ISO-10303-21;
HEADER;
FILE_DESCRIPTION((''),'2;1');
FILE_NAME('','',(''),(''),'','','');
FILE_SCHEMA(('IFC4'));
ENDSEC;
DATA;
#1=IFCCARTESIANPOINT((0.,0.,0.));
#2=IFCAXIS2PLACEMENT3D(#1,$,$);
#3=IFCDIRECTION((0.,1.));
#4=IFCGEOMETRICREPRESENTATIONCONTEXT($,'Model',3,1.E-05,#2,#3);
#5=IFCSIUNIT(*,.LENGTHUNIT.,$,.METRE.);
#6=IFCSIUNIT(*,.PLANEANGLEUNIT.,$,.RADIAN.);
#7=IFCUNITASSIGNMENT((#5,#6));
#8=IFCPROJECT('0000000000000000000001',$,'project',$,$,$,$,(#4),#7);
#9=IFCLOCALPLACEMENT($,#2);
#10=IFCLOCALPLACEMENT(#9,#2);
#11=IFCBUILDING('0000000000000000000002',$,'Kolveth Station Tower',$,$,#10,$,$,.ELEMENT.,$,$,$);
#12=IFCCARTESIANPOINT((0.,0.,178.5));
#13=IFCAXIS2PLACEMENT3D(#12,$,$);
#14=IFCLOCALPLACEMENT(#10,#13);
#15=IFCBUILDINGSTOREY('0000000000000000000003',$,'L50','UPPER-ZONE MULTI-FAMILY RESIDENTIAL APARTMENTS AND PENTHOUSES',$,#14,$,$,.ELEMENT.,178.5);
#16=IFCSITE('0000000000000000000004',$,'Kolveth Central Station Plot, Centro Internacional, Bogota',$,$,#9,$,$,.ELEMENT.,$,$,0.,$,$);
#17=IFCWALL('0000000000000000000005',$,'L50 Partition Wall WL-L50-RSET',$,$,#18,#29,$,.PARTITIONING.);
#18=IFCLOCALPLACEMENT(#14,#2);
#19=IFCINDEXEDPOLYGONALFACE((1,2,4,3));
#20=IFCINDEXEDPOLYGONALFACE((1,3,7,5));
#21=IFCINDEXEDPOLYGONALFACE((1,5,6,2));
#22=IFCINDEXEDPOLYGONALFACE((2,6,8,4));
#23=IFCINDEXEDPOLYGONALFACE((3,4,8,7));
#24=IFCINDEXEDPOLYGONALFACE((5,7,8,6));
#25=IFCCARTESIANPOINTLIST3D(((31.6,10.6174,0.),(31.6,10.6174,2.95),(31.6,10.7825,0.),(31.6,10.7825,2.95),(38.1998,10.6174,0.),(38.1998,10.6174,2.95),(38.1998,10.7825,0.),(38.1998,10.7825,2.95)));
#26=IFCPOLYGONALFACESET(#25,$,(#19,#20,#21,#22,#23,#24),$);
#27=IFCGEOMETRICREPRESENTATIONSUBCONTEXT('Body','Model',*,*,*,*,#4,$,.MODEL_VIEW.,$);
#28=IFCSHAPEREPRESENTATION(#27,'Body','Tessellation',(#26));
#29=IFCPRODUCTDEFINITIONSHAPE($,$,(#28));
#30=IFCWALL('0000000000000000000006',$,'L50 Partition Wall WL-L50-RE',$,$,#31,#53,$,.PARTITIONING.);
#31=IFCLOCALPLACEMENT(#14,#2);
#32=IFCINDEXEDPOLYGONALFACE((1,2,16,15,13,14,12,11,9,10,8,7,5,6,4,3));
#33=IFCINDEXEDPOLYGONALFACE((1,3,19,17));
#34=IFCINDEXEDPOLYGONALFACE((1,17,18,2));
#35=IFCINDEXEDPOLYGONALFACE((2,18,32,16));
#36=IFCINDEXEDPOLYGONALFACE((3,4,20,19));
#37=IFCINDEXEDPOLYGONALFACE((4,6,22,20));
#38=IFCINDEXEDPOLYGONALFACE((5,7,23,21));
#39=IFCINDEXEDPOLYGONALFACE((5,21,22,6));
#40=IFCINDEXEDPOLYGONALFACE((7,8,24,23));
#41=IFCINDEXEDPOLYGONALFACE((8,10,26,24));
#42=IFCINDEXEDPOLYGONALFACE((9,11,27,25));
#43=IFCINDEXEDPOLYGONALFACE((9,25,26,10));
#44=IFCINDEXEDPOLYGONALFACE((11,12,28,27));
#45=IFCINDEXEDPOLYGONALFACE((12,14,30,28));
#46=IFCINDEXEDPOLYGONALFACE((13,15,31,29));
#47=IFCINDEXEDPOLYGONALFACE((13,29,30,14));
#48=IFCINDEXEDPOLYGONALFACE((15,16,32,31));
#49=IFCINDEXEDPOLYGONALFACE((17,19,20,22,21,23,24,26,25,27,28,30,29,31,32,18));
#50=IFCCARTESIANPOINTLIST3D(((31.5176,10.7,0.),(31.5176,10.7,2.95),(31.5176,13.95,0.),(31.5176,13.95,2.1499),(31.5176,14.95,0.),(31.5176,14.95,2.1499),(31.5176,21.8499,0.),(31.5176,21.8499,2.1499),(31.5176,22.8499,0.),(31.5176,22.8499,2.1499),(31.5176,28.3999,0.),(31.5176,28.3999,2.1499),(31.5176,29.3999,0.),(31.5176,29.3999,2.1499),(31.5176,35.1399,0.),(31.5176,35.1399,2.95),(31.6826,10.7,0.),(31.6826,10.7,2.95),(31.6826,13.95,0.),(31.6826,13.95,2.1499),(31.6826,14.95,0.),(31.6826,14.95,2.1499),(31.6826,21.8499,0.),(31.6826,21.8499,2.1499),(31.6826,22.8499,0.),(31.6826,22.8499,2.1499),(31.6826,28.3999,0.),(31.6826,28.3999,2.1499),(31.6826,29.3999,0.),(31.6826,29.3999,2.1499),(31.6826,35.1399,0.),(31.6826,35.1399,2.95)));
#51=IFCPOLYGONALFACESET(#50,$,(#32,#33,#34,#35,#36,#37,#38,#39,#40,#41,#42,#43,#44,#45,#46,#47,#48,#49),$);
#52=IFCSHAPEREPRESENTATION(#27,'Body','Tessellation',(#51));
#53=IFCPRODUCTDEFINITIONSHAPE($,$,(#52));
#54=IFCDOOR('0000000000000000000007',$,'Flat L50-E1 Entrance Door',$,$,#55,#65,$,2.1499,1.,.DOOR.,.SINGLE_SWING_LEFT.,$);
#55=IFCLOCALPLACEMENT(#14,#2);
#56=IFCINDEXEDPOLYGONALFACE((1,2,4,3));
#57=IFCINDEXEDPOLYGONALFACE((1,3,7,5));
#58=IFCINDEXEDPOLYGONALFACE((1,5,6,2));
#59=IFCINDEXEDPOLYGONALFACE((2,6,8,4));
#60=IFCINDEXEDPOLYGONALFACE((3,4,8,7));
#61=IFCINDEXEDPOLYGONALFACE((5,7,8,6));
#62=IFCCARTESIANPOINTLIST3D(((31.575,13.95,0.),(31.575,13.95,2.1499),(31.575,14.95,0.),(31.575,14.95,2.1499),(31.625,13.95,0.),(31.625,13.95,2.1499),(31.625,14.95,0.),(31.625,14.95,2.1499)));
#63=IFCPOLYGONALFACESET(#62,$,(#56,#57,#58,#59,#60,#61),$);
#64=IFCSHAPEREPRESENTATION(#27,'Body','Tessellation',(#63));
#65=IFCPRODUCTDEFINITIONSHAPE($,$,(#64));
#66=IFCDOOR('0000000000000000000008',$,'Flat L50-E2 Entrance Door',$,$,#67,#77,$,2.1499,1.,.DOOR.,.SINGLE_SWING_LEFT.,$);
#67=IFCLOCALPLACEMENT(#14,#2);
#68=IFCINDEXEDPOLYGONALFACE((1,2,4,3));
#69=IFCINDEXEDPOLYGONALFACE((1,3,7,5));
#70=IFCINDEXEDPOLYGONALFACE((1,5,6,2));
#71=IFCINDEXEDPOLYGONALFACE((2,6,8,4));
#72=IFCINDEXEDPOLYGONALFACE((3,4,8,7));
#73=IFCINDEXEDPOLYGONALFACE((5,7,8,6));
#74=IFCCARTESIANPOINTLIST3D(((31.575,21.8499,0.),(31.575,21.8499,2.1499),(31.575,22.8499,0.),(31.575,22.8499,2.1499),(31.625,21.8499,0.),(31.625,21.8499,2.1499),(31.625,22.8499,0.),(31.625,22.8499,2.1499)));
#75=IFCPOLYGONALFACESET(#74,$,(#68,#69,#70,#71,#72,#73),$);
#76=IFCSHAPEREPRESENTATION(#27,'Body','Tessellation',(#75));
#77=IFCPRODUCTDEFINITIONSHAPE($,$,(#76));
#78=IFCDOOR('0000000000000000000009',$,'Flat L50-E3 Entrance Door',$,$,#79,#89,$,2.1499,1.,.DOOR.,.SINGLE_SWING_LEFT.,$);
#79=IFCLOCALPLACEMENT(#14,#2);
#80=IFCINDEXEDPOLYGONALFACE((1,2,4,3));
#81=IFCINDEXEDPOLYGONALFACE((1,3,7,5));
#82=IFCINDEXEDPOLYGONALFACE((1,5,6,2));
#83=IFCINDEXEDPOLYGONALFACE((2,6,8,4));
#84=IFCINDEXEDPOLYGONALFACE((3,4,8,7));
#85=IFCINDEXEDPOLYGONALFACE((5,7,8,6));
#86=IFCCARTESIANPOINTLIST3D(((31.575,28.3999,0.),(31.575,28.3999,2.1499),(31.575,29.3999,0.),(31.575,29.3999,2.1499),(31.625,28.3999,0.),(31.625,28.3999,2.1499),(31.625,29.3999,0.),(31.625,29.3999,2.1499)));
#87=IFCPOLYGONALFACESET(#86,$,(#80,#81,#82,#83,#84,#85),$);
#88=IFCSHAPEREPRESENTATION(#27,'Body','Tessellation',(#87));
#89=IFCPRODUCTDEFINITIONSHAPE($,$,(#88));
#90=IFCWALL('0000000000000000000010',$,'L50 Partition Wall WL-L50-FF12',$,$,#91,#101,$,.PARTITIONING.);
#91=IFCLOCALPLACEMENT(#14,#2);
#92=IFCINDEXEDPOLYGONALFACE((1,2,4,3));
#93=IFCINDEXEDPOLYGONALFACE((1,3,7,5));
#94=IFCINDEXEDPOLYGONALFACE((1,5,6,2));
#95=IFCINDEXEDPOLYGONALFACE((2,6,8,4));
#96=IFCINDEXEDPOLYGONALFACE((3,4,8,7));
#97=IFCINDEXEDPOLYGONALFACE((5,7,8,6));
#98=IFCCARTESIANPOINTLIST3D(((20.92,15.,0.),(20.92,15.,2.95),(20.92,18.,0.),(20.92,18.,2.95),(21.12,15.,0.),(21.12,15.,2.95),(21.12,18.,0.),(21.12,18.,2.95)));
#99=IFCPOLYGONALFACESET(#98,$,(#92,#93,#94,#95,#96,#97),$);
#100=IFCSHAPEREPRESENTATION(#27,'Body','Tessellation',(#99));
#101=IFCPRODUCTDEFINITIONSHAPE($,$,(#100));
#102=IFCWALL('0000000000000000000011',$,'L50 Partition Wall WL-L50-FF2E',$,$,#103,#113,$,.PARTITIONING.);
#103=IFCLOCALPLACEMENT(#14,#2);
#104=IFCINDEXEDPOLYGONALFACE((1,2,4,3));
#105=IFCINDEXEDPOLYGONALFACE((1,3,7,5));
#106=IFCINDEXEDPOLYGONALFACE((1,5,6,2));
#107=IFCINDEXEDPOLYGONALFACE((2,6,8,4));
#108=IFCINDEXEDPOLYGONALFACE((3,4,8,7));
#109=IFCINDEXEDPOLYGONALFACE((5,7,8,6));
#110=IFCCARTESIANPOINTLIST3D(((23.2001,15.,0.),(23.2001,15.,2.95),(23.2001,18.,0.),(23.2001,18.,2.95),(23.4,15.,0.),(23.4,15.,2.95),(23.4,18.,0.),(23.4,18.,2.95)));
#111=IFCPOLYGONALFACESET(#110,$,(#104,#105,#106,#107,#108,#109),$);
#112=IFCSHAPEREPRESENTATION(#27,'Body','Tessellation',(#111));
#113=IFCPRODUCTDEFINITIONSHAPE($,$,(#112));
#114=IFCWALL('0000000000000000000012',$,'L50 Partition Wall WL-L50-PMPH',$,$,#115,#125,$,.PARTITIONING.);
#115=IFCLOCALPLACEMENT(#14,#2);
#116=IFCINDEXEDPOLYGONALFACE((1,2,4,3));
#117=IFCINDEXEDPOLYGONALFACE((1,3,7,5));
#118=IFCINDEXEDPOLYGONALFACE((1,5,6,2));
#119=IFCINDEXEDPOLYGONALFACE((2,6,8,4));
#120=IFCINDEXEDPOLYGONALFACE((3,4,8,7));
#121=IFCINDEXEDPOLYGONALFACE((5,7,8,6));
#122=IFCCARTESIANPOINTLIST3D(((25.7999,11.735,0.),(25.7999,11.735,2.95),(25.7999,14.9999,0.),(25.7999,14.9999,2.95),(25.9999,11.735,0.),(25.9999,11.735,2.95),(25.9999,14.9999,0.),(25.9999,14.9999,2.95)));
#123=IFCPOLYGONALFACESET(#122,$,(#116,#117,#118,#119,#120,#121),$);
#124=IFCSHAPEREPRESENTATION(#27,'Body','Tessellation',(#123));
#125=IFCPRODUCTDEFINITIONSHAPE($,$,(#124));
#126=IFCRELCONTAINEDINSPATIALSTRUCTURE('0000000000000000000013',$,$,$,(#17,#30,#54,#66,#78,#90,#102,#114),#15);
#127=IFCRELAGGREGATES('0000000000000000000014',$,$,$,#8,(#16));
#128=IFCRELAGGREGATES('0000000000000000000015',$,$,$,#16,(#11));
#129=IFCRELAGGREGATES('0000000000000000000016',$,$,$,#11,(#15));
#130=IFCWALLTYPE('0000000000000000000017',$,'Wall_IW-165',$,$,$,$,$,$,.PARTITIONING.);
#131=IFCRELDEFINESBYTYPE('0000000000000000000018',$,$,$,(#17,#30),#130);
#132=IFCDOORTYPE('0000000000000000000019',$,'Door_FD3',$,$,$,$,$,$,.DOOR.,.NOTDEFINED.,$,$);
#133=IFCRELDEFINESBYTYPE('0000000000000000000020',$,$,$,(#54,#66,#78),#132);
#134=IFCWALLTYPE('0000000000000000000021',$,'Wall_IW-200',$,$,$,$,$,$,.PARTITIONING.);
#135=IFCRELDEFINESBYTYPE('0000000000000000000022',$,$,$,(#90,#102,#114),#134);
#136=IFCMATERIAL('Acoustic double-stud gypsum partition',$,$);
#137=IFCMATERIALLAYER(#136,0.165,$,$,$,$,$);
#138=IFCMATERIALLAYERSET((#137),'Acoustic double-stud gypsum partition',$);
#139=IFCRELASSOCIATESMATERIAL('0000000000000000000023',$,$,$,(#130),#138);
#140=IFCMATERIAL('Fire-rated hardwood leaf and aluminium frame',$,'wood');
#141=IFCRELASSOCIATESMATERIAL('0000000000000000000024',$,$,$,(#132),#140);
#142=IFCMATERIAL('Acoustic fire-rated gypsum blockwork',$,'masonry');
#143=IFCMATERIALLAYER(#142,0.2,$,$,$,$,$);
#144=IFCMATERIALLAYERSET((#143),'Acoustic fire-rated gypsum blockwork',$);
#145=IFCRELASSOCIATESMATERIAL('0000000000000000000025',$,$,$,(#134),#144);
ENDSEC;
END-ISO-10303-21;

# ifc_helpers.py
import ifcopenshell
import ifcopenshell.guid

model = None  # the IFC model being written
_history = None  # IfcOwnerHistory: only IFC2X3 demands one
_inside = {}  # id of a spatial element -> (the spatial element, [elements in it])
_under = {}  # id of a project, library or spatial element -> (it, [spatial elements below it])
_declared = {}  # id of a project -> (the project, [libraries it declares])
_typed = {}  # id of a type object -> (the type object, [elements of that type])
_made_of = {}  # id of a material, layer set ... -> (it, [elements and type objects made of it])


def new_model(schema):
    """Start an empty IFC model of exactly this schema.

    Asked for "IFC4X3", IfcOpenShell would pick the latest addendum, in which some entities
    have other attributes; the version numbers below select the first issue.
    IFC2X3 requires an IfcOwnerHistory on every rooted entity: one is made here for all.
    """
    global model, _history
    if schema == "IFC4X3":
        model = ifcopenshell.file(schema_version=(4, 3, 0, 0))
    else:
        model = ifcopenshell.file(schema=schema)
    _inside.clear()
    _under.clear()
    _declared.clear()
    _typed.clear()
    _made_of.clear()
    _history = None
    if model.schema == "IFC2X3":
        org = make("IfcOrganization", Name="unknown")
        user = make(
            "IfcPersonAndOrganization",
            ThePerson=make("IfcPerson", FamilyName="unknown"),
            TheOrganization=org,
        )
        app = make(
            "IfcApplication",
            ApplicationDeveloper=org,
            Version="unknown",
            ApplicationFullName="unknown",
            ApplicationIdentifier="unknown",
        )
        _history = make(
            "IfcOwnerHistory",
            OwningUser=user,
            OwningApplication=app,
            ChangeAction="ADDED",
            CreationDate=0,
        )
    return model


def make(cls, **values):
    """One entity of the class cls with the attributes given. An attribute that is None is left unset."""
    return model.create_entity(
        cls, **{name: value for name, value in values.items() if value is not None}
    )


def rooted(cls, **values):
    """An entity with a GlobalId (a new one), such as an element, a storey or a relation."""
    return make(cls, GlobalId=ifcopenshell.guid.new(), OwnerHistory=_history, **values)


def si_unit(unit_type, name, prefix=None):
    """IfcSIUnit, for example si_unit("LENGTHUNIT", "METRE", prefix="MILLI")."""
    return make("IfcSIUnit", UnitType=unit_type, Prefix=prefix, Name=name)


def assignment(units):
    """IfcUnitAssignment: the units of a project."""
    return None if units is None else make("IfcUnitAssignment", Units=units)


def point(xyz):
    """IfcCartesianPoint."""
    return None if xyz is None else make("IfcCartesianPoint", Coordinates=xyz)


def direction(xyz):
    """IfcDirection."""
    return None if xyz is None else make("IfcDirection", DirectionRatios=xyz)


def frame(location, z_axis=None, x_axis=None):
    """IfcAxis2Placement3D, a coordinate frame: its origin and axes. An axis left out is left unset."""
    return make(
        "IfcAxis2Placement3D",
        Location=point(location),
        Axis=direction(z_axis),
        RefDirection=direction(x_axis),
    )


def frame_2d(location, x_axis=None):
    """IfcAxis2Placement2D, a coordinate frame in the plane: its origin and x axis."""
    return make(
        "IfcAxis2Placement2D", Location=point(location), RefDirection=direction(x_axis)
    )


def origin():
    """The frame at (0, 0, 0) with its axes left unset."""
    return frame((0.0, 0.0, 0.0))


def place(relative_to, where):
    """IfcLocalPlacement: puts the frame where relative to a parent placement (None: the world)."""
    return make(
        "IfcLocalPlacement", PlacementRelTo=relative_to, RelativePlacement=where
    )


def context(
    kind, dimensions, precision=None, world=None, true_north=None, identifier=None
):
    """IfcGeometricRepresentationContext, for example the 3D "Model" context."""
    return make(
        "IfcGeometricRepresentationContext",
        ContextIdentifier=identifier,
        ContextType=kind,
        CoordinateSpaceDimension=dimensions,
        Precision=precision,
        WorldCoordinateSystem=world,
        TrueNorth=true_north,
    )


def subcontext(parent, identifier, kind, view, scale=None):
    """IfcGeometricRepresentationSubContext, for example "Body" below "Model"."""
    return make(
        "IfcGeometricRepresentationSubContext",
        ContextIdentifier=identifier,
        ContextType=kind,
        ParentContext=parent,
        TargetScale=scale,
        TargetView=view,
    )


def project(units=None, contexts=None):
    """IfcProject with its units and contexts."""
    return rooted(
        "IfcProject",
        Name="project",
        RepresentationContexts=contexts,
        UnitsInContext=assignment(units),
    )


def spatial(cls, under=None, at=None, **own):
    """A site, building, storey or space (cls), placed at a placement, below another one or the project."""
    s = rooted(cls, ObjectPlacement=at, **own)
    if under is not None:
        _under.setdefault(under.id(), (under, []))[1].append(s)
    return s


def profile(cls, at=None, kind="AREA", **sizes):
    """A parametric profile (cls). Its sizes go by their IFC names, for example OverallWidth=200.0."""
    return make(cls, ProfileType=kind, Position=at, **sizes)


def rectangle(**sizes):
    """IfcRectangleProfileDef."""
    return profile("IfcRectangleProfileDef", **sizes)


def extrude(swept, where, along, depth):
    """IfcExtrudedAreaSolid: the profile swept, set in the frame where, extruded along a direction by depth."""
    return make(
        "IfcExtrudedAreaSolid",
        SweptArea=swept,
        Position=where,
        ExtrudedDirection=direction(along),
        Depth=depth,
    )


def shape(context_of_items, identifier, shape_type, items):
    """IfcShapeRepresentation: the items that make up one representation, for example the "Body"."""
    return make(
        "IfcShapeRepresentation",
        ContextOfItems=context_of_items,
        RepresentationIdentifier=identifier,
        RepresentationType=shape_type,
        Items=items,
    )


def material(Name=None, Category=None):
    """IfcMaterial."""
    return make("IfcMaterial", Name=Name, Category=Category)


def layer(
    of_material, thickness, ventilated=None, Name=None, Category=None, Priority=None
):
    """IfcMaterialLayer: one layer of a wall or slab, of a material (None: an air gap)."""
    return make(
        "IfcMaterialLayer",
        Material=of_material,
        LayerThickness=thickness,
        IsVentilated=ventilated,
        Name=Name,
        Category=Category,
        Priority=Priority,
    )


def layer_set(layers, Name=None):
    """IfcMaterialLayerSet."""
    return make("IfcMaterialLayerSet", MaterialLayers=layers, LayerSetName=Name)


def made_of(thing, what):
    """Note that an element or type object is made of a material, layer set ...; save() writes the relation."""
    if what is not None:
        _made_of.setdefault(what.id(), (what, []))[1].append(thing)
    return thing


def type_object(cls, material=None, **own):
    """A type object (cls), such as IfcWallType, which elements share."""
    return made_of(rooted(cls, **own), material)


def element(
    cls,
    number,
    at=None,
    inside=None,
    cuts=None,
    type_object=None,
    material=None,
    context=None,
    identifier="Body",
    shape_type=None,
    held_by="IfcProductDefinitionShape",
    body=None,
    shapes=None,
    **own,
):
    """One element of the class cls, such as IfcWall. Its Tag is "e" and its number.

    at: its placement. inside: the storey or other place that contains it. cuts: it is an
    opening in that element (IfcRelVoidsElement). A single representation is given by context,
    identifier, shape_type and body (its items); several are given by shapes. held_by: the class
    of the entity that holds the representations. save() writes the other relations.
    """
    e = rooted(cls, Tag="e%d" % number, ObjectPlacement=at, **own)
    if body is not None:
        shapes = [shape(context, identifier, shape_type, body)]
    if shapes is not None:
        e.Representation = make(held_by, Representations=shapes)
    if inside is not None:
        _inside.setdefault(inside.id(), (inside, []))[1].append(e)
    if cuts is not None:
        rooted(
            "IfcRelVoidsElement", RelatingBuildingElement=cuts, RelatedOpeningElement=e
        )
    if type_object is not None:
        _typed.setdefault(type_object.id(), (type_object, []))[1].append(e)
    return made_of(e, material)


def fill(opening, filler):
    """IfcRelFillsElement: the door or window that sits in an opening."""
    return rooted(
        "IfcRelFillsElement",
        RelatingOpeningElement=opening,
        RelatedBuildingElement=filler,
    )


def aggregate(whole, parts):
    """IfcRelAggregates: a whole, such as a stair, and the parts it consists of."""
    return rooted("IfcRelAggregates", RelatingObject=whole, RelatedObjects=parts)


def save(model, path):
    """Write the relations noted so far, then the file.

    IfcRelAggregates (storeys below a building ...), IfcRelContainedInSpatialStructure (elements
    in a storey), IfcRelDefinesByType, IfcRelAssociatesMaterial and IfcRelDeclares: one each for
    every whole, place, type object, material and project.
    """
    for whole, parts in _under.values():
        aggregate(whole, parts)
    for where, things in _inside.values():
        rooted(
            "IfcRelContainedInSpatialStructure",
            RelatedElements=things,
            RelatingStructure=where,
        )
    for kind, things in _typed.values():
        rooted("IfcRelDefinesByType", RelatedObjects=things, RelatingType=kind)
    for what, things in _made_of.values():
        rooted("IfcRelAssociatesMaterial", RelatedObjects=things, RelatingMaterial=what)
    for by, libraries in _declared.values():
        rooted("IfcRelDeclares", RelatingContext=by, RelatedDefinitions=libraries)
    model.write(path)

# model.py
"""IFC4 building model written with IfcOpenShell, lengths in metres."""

from ifc_helpers import new_model, si_unit, direction, frame, frame_2d, origin, place, context, subcontext, project, spatial, rectangle, extrude, material, layer, layer_set, type_object, element, fill, save


model = new_model("IFC4")

# Units and contexts
model_context = context("Model", 3, precision=1e-05, world=origin(), true_north=direction((0.0, 1.0)))
body_context = subcontext(model_context, "Body", "Model", "MODEL_VIEW")
ifc_project = project(units=[si_unit("LENGTHUNIT", "METRE"), si_unit("PLANEANGLEUNIT", "RADIAN")], contexts=[model_context])

# Site, building, storey
site_placement = place(None, origin())
site = spatial("IfcSite", under=ifc_project, at=site_placement, Name="Kolveth Central Station Plot, Centro Internacional, Bogota", CompositionType="ELEMENT", RefElevation=0.0)
building_placement = place(site_placement, origin())
building = spatial("IfcBuilding", under=site, at=building_placement, Name="Kolveth Station Tower", CompositionType="ELEMENT")
storey_placement = place(building_placement, frame((0.0, 0.0, 178.5)))
storey = spatial("IfcBuildingStorey", under=building, at=storey_placement, Name="L50", Description="UPPER-ZONE MULTI-FAMILY RESIDENTIAL APARTMENTS AND PENTHOUSES", CompositionType="ELEMENT", Elevation=178.5)

# Wall
ifc_material_1 = material(Name="Acoustic double-stud gypsum partition")
ifc_layer_1 = layer(ifc_material_1, 0.165)
ifc_layer_set_1 = layer_set([ifc_layer_1], Name="Acoustic double-stud gypsum partition")
wall_type_1 = type_object("IfcWallType", Name="Wall_IW-165", PredefinedType="PARTITIONING", material=ifc_layer_set_1)
wall_1_placement = place(storey_placement, frame((31.6001, 10.7, 0.0), z_axis=(0.0, 0.0, 1.0), x_axis=(1.0, 0.0, 0.0)))
element("IfcWall", 1, at=wall_1_placement, inside=storey, type_object=wall_type_1, Name="L50 Partition Wall WL-L50-RSET", PredefinedType="PARTITIONING", context=body_context, shape_type="SweptSolid", body=[
    extrude(rectangle(XDim=6.5999, YDim=0.165, at=frame_2d((3.2998, 0.0))), origin(), (0.0, 0.0, 1.0), 2.95),
])

# Wall, openings, doors
wall_2_placement = place(storey_placement, frame((31.6001, 10.7, 0.0), z_axis=(0.0, 0.0, 1.0), x_axis=(0.0, 1.0, 0.0)))
wall_2 = element("IfcWall", 2, at=wall_2_placement, inside=storey, type_object=wall_type_1, Name="L50 Partition Wall WL-L50-RE", PredefinedType="PARTITIONING", context=body_context, shape_type="SweptSolid", body=[
    extrude(rectangle(XDim=24.4399, YDim=0.165, at=frame_2d((12.22, 0.0))), origin(), (0.0, 0.0, 1.0), 2.95),
])
opening_1_placement = place(wall_2_placement, frame((3.25, 0.0, 0.0)))
opening_1 = element("IfcOpeningElement", 3, at=opening_1_placement, cuts=wall_2, PredefinedType="OPENING", context=body_context, shape_type="SweptSolid", body=[
    extrude(rectangle(XDim=1.0, YDim=2.1499, at=frame_2d((0.5, 1.075))), frame((0.0, 0.0925, 0.0), z_axis=(0.0, -1.0, 0.0), x_axis=(1.0, 0.0, 0.0)), (0.0, 0.0, 1.0), 0.1851),
])
opening_2_placement = place(wall_2_placement, frame((11.1499, 0.0, 0.0)))
opening_2 = element("IfcOpeningElement", 4, at=opening_2_placement, cuts=wall_2, PredefinedType="OPENING", context=body_context, shape_type="SweptSolid", body=[
    extrude(rectangle(XDim=1.0, YDim=2.1499, at=frame_2d((0.5, 1.075))), frame((0.0, 0.0925, 0.0), z_axis=(0.0, -1.0, 0.0), x_axis=(1.0, 0.0, 0.0)), (0.0, 0.0, 1.0), 0.1851),
])
opening_3_placement = place(wall_2_placement, frame((17.7, 0.0, 0.0)))
opening_3 = element("IfcOpeningElement", 5, at=opening_3_placement, cuts=wall_2, PredefinedType="OPENING", context=body_context, shape_type="SweptSolid", body=[
    extrude(rectangle(XDim=1.0, YDim=2.1499, at=frame_2d((0.5, 1.075))), frame((0.0, 0.0925, 0.0), z_axis=(0.0, -1.0, 0.0), x_axis=(1.0, 0.0, 0.0)), (0.0, 0.0, 1.0), 0.1851),
])
ifc_material_2 = material(Name="Fire-rated hardwood leaf and aluminium frame", Category="wood")
door_type_1 = type_object("IfcDoorType", Name="Door_FD3", OperationType="NOTDEFINED", PredefinedType="DOOR", material=ifc_material_2)
door_1_placement = place(opening_1_placement, frame((1.0, 0.0, 0.0), z_axis=(0.0, 0.0, 1.0), x_axis=(-1.0, 0.0, 0.0)))
door_1 = element("IfcDoor", 6, at=door_1_placement, inside=storey, type_object=door_type_1, Name="Flat L50-E1 Entrance Door", OperationType="SINGLE_SWING_LEFT", OverallHeight=2.1499, OverallWidth=1.0, PredefinedType="DOOR", context=body_context, shape_type="SweptSolid", body=[
    extrude(rectangle(XDim=1.0, YDim=2.1499, at=frame_2d((0.5, 1.075))), frame((0.0, 0.0249, 0.0), z_axis=(0.0, -1.0, 0.0), x_axis=(1.0, 0.0, 0.0)), (0.0, 0.0, 1.0), 0.05),
])
fill(opening_1, door_1)
door_2_placement = place(opening_2_placement, frame((1.0, 0.0, 0.0), z_axis=(0.0, 0.0, 1.0), x_axis=(-1.0, 0.0, 0.0)))
door_2 = element("IfcDoor", 7, at=door_2_placement, inside=storey, type_object=door_type_1, Name="Flat L50-E2 Entrance Door", OperationType="SINGLE_SWING_LEFT", OverallHeight=2.1499, OverallWidth=1.0, PredefinedType="DOOR", context=body_context, shape_type="SweptSolid", body=[
    extrude(rectangle(XDim=1.0, YDim=2.1499, at=frame_2d((0.5, 1.075))), frame((0.0, 0.0249, 0.0), z_axis=(0.0, -1.0, 0.0), x_axis=(1.0, 0.0, 0.0)), (0.0, 0.0, 1.0), 0.05),
])
fill(opening_2, door_2)
door_3_placement = place(opening_3_placement, frame((1.0, 0.0, 0.0), z_axis=(0.0, 0.0, 1.0), x_axis=(-1.0, 0.0, 0.0)))
door_3 = element("IfcDoor", 8, at=door_3_placement, inside=storey, type_object=door_type_1, Name="Flat L50-E3 Entrance Door", OperationType="SINGLE_SWING_LEFT", OverallHeight=2.1499, OverallWidth=1.0, PredefinedType="DOOR", context=body_context, shape_type="SweptSolid", body=[
    extrude(rectangle(XDim=1.0, YDim=2.1499, at=frame_2d((0.5, 1.075))), frame((0.0, 0.0249, 0.0), z_axis=(0.0, -1.0, 0.0), x_axis=(1.0, 0.0, 0.0)), (0.0, 0.0, 1.0), 0.05),
])
fill(opening_3, door_3)

# Walls
ifc_material_3 = material(Name="Acoustic fire-rated gypsum blockwork", Category="masonry")
ifc_layer_2 = layer(ifc_material_3, 0.2)
ifc_layer_set_2 = layer_set([ifc_layer_2], Name="Acoustic fire-rated gypsum blockwork")
wall_type_2 = type_object("IfcWallType", Name="Wall_IW-200", PredefinedType="PARTITIONING", material=ifc_layer_set_2)
for number, where, z_axis, x_axis, name in (
    (9, (21.02, 15.0, 0.0), (0.0, 0.0, 1.0), (0.0, 1.0, 0.0), "L50 Partition Wall WL-L50-FF12"),
    (10, (23.3, 15.0, 0.0), (0.0, 0.0, 1.0), (0.0, 1.0, 0.0), "L50 Partition Wall WL-L50-FF2E"),
):
    element("IfcWall", number, at=place(storey_placement, frame(where, z_axis=z_axis, x_axis=x_axis)), inside=storey, type_object=wall_type_2, Name=name, PredefinedType="PARTITIONING", context=body_context, shape_type="SweptSolid", body=[
        extrude(rectangle(XDim=3.0, YDim=0.2, at=frame_2d((1.5, 0.0))), origin(), (0.0, 0.0, 1.0), 2.95),
    ])
wall_3_placement = place(storey_placement, frame((25.8999, 11.7351, 0.0), z_axis=(0.0, 0.0, 1.0), x_axis=(0.0, 1.0, 0.0)))
element("IfcWall", 11, at=wall_3_placement, inside=storey, type_object=wall_type_2, Name="L50 Partition Wall WL-L50-PMPH", PredefinedType="PARTITIONING", context=body_context, shape_type="SweptSolid", body=[
    extrude(rectangle(XDim=3.2649, YDim=0.2, at=frame_2d((1.6323, 0.0))), origin(), (0.0, 0.0, 1.0), 2.95),
])

save(model, "model.ifc")
